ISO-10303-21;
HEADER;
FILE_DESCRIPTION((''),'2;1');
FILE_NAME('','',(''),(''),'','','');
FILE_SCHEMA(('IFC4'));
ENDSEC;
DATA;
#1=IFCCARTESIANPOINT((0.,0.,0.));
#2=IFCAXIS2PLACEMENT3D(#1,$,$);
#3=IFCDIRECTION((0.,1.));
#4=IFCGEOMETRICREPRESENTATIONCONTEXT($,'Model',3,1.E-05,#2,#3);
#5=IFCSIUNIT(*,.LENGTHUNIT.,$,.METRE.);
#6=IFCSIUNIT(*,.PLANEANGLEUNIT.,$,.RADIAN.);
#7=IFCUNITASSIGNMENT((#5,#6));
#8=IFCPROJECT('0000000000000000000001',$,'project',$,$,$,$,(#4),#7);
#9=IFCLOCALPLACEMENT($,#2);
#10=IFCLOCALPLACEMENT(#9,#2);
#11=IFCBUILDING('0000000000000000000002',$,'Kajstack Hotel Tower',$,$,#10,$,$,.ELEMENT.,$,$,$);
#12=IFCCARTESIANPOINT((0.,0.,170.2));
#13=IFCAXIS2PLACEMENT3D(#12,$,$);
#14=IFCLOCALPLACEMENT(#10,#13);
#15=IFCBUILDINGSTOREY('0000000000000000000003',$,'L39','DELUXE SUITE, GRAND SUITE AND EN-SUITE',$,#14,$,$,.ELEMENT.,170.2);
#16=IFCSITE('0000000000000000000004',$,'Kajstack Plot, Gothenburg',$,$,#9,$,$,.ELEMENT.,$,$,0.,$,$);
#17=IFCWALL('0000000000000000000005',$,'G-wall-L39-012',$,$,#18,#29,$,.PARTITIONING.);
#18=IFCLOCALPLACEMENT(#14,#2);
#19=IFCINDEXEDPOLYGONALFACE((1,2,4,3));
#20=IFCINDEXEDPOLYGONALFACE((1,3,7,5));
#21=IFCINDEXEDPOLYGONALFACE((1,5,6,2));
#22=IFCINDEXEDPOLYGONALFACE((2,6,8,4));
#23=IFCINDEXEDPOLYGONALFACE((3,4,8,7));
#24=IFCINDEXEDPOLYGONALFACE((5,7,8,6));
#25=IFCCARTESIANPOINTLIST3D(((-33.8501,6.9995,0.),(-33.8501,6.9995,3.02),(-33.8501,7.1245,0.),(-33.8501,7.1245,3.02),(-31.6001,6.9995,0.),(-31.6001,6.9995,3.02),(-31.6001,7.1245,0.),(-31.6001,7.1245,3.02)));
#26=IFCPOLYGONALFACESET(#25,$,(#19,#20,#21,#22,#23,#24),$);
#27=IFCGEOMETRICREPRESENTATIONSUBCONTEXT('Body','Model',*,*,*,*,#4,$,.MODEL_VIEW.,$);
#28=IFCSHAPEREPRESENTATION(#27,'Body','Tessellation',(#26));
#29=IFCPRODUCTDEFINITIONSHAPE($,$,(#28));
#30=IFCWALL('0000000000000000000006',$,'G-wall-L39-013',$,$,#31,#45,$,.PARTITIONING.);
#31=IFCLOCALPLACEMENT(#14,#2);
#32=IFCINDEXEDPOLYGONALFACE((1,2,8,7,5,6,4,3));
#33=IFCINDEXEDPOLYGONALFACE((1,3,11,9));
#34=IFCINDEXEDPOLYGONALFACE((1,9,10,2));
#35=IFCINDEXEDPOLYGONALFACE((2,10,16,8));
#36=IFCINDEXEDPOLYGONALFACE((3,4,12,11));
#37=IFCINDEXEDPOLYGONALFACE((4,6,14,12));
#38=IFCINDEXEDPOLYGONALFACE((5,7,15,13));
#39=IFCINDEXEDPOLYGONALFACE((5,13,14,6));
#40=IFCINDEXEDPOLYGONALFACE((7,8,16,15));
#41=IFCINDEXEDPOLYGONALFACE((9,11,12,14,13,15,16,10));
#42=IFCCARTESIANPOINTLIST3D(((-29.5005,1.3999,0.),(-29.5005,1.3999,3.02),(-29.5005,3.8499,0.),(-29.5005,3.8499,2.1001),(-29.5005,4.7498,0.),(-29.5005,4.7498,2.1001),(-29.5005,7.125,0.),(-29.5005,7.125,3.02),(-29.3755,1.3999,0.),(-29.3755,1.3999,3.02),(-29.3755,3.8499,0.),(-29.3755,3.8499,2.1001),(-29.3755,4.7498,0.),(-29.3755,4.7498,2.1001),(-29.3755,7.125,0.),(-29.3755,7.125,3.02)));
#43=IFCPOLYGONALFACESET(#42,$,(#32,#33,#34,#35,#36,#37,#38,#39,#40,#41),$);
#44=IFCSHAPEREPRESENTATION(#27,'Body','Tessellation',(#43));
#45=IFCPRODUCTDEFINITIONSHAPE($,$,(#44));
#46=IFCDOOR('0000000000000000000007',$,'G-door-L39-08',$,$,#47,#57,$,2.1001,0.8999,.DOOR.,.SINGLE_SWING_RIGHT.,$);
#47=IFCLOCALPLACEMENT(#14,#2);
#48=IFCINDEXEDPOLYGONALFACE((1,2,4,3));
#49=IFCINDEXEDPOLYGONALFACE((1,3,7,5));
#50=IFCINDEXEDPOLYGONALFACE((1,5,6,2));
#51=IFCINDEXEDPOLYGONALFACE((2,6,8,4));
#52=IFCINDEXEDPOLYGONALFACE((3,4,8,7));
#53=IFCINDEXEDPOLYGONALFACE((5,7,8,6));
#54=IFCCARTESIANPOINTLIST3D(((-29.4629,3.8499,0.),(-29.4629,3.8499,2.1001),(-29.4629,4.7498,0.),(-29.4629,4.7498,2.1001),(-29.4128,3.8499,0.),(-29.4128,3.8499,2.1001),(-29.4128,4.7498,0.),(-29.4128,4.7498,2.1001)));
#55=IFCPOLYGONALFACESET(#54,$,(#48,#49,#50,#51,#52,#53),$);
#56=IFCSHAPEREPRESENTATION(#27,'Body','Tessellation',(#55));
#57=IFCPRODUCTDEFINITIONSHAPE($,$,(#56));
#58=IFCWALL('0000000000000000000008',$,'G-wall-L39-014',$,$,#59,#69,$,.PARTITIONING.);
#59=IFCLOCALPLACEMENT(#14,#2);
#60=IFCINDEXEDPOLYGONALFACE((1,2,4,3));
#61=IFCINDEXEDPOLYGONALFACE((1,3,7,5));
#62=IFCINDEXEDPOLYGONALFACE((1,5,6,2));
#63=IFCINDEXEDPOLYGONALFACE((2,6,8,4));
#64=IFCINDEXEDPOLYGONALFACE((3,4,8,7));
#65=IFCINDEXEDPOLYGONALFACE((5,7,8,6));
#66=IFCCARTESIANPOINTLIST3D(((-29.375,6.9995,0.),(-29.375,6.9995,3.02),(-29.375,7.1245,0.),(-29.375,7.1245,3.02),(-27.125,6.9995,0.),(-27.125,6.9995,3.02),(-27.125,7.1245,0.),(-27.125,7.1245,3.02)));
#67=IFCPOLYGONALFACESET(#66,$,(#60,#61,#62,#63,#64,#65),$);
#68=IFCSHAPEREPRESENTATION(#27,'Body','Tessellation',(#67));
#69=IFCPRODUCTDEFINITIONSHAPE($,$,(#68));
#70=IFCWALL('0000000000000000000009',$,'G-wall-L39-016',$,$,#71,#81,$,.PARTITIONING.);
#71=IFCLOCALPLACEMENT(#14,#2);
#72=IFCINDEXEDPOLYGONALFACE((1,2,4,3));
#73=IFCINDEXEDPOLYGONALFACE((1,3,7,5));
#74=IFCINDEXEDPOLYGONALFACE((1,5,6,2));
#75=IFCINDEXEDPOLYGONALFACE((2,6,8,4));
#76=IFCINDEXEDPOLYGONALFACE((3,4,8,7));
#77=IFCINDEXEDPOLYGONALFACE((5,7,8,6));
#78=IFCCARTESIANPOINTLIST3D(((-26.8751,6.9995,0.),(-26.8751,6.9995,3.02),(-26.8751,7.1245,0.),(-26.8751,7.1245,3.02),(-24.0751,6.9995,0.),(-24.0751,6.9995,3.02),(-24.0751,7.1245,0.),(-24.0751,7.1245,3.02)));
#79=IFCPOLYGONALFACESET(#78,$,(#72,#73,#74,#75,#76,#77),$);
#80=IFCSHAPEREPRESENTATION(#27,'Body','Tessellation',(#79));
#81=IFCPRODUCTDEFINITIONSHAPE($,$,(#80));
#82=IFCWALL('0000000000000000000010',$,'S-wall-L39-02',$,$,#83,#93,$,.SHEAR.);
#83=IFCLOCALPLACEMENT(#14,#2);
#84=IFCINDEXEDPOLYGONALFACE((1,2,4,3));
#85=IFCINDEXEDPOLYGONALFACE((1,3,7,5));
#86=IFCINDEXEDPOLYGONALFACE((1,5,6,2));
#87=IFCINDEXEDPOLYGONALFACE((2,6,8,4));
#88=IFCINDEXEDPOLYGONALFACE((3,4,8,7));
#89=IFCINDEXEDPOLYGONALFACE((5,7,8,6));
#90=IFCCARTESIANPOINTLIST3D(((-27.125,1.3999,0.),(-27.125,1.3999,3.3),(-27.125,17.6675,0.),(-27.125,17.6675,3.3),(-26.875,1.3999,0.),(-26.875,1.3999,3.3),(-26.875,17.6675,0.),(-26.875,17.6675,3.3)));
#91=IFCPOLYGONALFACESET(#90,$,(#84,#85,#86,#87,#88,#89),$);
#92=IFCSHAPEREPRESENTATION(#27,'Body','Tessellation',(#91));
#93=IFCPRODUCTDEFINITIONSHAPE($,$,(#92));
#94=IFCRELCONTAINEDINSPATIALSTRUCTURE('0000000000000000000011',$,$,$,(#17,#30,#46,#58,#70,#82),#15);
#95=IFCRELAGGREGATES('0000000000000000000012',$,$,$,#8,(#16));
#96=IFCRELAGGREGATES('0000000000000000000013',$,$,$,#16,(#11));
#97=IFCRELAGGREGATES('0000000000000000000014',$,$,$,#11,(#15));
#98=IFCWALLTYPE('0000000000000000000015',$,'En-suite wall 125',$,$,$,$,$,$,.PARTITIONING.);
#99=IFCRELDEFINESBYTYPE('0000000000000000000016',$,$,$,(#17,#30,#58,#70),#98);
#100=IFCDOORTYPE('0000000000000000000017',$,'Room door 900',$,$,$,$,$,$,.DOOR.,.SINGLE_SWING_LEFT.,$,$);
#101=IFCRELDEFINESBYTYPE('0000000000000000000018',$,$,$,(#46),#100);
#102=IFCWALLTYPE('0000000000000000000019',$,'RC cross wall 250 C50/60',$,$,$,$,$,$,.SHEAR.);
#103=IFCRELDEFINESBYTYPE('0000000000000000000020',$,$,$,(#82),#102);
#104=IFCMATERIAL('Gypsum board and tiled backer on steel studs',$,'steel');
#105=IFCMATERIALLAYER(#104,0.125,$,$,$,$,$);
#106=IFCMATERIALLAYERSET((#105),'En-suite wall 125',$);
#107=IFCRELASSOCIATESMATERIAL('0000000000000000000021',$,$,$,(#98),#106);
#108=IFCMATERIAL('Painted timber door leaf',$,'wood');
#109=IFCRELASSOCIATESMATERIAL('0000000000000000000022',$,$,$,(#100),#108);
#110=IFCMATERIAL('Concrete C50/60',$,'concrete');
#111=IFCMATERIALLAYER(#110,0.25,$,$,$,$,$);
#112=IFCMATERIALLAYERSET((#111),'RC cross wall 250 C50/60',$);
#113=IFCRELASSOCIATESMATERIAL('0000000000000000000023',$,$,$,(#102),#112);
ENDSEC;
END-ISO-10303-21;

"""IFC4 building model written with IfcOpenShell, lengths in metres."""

from ifc_helpers import new_model, si_unit, direction, frame, frame_2d, origin, place, context, subcontext, project, spatial, rectangle, extrude, material, layer, layer_set, type_object, element, fill, save


model = new_model("IFC4")

# Units and contexts
model_context = context("Model", 3, precision=1e-05, world=origin(), true_north=direction((0.0, 1.0)))
body_context = subcontext(model_context, "Body", "Model", "MODEL_VIEW")
ifc_project = project(units=[si_unit("LENGTHUNIT", "METRE"), si_unit("PLANEANGLEUNIT", "RADIAN")], contexts=[model_context])

# Site, building, storey
site_placement = place(None, origin())
site = spatial("IfcSite", under=ifc_project, at=site_placement, Name="Kajstack Plot, Gothenburg", CompositionType="ELEMENT", RefElevation=0.0)
building_placement = place(site_placement, origin())
building = spatial("IfcBuilding", under=site, at=building_placement, Name="Kajstack Hotel Tower", CompositionType="ELEMENT")
storey_placement = place(building_placement, frame((0.0, 0.0, 170.2)))
storey = spatial("IfcBuildingStorey", under=building, at=storey_placement, Name="L39", Description="DELUXE SUITE, GRAND SUITE AND EN-SUITE", CompositionType="ELEMENT", Elevation=170.2)

# Wall
ifc_material_1 = material(Name="Gypsum board and tiled backer on steel studs", Category="steel")
ifc_layer_1 = layer(ifc_material_1, 0.125)
ifc_layer_set_1 = layer_set([ifc_layer_1], Name="En-suite wall 125")
wall_type_1 = type_object("IfcWallType", Name="En-suite wall 125", PredefinedType="PARTITIONING", material=ifc_layer_set_1)
for number, where, z_axis, x_axis, name in (
    (1, (-33.8501, 7.062, 0.0), (0.0, 0.0, 1.0), (1.0, 0.0, 0.0), "G-wall-L39-012"),
):
    element("IfcWall", number, at=place(storey_placement, frame(where, z_axis=z_axis, x_axis=x_axis)), inside=storey, type_object=wall_type_1, Name=name, PredefinedType="PARTITIONING", context=body_context, shape_type="SweptSolid", body=[
        extrude(rectangle(XDim=2.25, YDim=0.125, at=frame_2d((1.125, 0.0))), origin(), (0.0, 0.0, 1.0), 3.02),
    ])

# Wall, opening, door
wall_1_placement = place(storey_placement, frame((-29.438, 1.3999, 0.0), z_axis=(0.0, 0.0, 1.0), x_axis=(0.0, 1.0, 0.0)))
wall_1 = element("IfcWall", 2, at=wall_1_placement, inside=storey, type_object=wall_type_1, Name="G-wall-L39-013", PredefinedType="PARTITIONING", context=body_context, shape_type="SweptSolid", body=[
    extrude(rectangle(XDim=5.7251, YDim=0.125, at=frame_2d((2.8625, 0.0))), origin(), (0.0, 0.0, 1.0), 3.02),
])
opening_1_placement = place(wall_1_placement, frame((2.45, 0.0, 0.0)))
opening_1 = element("IfcOpeningElement", 3, at=opening_1_placement, cuts=wall_1, PredefinedType="OPENING", context=body_context, shape_type="SweptSolid", body=[
    extrude(rectangle(XDim=0.8999, YDim=2.1001, at=frame_2d((0.45, 1.05))), frame((0.0, 0.0725, 0.0), z_axis=(0.0, -1.0, 0.0), x_axis=(1.0, 0.0, 0.0)), (0.0, 0.0, 1.0), 0.145),
])
ifc_material_2 = material(Name="Painted timber door leaf", Category="wood")
door_type = type_object("IfcDoorType", Name="Room door 900", OperationType="SINGLE_SWING_LEFT", PredefinedType="DOOR", material=ifc_material_2)
door_placement = place(opening_1_placement, origin())
door = element("IfcDoor", 4, at=door_placement, inside=storey, type_object=door_type, Name="G-door-L39-08", OperationType="SINGLE_SWING_RIGHT", OverallHeight=2.1001, OverallWidth=0.8999, PredefinedType="DOOR", context=body_context, shape_type="SweptSolid", body=[
    extrude(rectangle(XDim=0.8999, YDim=2.1001, at=frame_2d((0.45, 1.05))), frame((0.0, 0.0249, 0.0), z_axis=(0.0, -1.0, 0.0), x_axis=(1.0, 0.0, 0.0)), (0.0, 0.0, 1.0), 0.05),
])
fill(opening_1, door)

# Walls
wall_2_placement = place(storey_placement, frame((-29.375, 7.062, 0.0), z_axis=(0.0, 0.0, 1.0), x_axis=(1.0, 0.0, 0.0)))
element("IfcWall", 5, at=wall_2_placement, inside=storey, type_object=wall_type_1, Name="G-wall-L39-014", PredefinedType="PARTITIONING", context=body_context, shape_type="SweptSolid", body=[
    extrude(rectangle(XDim=2.25, YDim=0.125, at=frame_2d((1.125, 0.0))), origin(), (0.0, 0.0, 1.0), 3.02),
])
wall_3_placement = place(storey_placement, frame((-26.875, 7.062, 0.0), z_axis=(0.0, 0.0, 1.0), x_axis=(1.0, 0.0, 0.0)))
element("IfcWall", 6, at=wall_3_placement, inside=storey, type_object=wall_type_1, Name="G-wall-L39-016", PredefinedType="PARTITIONING", context=body_context, shape_type="SweptSolid", body=[
    extrude(rectangle(XDim=2.8, YDim=0.125, at=frame_2d((1.3999, 0.0))), origin(), (0.0, 0.0, 1.0), 3.02),
])
ifc_material_3 = material(Name="Concrete C50/60", Category="concrete")
ifc_layer_2 = layer(ifc_material_3, 0.25)
ifc_layer_set_2 = layer_set([ifc_layer_2], Name="RC cross wall 250 C50/60")
wall_type_2 = type_object("IfcWallType", Name="RC cross wall 250 C50/60", PredefinedType="SHEAR", material=ifc_layer_set_2)
wall_4_placement = place(storey_placement, frame((-27.0, 1.3999, 0.0), z_axis=(0.0, 0.0, 1.0), x_axis=(0.0, 1.0, 0.0)))
element("IfcWall", 7, at=wall_4_placement, inside=storey, type_object=wall_type_2, Name="S-wall-L39-02", PredefinedType="SHEAR", context=body_context, shape_type="SweptSolid", body=[
    extrude(rectangle(XDim=16.2676, YDim=0.25, at=frame_2d((8.1338, 0.0))), origin(), (0.0, 0.0, 1.0), 3.3),
])

save(model, "model.ifc")
